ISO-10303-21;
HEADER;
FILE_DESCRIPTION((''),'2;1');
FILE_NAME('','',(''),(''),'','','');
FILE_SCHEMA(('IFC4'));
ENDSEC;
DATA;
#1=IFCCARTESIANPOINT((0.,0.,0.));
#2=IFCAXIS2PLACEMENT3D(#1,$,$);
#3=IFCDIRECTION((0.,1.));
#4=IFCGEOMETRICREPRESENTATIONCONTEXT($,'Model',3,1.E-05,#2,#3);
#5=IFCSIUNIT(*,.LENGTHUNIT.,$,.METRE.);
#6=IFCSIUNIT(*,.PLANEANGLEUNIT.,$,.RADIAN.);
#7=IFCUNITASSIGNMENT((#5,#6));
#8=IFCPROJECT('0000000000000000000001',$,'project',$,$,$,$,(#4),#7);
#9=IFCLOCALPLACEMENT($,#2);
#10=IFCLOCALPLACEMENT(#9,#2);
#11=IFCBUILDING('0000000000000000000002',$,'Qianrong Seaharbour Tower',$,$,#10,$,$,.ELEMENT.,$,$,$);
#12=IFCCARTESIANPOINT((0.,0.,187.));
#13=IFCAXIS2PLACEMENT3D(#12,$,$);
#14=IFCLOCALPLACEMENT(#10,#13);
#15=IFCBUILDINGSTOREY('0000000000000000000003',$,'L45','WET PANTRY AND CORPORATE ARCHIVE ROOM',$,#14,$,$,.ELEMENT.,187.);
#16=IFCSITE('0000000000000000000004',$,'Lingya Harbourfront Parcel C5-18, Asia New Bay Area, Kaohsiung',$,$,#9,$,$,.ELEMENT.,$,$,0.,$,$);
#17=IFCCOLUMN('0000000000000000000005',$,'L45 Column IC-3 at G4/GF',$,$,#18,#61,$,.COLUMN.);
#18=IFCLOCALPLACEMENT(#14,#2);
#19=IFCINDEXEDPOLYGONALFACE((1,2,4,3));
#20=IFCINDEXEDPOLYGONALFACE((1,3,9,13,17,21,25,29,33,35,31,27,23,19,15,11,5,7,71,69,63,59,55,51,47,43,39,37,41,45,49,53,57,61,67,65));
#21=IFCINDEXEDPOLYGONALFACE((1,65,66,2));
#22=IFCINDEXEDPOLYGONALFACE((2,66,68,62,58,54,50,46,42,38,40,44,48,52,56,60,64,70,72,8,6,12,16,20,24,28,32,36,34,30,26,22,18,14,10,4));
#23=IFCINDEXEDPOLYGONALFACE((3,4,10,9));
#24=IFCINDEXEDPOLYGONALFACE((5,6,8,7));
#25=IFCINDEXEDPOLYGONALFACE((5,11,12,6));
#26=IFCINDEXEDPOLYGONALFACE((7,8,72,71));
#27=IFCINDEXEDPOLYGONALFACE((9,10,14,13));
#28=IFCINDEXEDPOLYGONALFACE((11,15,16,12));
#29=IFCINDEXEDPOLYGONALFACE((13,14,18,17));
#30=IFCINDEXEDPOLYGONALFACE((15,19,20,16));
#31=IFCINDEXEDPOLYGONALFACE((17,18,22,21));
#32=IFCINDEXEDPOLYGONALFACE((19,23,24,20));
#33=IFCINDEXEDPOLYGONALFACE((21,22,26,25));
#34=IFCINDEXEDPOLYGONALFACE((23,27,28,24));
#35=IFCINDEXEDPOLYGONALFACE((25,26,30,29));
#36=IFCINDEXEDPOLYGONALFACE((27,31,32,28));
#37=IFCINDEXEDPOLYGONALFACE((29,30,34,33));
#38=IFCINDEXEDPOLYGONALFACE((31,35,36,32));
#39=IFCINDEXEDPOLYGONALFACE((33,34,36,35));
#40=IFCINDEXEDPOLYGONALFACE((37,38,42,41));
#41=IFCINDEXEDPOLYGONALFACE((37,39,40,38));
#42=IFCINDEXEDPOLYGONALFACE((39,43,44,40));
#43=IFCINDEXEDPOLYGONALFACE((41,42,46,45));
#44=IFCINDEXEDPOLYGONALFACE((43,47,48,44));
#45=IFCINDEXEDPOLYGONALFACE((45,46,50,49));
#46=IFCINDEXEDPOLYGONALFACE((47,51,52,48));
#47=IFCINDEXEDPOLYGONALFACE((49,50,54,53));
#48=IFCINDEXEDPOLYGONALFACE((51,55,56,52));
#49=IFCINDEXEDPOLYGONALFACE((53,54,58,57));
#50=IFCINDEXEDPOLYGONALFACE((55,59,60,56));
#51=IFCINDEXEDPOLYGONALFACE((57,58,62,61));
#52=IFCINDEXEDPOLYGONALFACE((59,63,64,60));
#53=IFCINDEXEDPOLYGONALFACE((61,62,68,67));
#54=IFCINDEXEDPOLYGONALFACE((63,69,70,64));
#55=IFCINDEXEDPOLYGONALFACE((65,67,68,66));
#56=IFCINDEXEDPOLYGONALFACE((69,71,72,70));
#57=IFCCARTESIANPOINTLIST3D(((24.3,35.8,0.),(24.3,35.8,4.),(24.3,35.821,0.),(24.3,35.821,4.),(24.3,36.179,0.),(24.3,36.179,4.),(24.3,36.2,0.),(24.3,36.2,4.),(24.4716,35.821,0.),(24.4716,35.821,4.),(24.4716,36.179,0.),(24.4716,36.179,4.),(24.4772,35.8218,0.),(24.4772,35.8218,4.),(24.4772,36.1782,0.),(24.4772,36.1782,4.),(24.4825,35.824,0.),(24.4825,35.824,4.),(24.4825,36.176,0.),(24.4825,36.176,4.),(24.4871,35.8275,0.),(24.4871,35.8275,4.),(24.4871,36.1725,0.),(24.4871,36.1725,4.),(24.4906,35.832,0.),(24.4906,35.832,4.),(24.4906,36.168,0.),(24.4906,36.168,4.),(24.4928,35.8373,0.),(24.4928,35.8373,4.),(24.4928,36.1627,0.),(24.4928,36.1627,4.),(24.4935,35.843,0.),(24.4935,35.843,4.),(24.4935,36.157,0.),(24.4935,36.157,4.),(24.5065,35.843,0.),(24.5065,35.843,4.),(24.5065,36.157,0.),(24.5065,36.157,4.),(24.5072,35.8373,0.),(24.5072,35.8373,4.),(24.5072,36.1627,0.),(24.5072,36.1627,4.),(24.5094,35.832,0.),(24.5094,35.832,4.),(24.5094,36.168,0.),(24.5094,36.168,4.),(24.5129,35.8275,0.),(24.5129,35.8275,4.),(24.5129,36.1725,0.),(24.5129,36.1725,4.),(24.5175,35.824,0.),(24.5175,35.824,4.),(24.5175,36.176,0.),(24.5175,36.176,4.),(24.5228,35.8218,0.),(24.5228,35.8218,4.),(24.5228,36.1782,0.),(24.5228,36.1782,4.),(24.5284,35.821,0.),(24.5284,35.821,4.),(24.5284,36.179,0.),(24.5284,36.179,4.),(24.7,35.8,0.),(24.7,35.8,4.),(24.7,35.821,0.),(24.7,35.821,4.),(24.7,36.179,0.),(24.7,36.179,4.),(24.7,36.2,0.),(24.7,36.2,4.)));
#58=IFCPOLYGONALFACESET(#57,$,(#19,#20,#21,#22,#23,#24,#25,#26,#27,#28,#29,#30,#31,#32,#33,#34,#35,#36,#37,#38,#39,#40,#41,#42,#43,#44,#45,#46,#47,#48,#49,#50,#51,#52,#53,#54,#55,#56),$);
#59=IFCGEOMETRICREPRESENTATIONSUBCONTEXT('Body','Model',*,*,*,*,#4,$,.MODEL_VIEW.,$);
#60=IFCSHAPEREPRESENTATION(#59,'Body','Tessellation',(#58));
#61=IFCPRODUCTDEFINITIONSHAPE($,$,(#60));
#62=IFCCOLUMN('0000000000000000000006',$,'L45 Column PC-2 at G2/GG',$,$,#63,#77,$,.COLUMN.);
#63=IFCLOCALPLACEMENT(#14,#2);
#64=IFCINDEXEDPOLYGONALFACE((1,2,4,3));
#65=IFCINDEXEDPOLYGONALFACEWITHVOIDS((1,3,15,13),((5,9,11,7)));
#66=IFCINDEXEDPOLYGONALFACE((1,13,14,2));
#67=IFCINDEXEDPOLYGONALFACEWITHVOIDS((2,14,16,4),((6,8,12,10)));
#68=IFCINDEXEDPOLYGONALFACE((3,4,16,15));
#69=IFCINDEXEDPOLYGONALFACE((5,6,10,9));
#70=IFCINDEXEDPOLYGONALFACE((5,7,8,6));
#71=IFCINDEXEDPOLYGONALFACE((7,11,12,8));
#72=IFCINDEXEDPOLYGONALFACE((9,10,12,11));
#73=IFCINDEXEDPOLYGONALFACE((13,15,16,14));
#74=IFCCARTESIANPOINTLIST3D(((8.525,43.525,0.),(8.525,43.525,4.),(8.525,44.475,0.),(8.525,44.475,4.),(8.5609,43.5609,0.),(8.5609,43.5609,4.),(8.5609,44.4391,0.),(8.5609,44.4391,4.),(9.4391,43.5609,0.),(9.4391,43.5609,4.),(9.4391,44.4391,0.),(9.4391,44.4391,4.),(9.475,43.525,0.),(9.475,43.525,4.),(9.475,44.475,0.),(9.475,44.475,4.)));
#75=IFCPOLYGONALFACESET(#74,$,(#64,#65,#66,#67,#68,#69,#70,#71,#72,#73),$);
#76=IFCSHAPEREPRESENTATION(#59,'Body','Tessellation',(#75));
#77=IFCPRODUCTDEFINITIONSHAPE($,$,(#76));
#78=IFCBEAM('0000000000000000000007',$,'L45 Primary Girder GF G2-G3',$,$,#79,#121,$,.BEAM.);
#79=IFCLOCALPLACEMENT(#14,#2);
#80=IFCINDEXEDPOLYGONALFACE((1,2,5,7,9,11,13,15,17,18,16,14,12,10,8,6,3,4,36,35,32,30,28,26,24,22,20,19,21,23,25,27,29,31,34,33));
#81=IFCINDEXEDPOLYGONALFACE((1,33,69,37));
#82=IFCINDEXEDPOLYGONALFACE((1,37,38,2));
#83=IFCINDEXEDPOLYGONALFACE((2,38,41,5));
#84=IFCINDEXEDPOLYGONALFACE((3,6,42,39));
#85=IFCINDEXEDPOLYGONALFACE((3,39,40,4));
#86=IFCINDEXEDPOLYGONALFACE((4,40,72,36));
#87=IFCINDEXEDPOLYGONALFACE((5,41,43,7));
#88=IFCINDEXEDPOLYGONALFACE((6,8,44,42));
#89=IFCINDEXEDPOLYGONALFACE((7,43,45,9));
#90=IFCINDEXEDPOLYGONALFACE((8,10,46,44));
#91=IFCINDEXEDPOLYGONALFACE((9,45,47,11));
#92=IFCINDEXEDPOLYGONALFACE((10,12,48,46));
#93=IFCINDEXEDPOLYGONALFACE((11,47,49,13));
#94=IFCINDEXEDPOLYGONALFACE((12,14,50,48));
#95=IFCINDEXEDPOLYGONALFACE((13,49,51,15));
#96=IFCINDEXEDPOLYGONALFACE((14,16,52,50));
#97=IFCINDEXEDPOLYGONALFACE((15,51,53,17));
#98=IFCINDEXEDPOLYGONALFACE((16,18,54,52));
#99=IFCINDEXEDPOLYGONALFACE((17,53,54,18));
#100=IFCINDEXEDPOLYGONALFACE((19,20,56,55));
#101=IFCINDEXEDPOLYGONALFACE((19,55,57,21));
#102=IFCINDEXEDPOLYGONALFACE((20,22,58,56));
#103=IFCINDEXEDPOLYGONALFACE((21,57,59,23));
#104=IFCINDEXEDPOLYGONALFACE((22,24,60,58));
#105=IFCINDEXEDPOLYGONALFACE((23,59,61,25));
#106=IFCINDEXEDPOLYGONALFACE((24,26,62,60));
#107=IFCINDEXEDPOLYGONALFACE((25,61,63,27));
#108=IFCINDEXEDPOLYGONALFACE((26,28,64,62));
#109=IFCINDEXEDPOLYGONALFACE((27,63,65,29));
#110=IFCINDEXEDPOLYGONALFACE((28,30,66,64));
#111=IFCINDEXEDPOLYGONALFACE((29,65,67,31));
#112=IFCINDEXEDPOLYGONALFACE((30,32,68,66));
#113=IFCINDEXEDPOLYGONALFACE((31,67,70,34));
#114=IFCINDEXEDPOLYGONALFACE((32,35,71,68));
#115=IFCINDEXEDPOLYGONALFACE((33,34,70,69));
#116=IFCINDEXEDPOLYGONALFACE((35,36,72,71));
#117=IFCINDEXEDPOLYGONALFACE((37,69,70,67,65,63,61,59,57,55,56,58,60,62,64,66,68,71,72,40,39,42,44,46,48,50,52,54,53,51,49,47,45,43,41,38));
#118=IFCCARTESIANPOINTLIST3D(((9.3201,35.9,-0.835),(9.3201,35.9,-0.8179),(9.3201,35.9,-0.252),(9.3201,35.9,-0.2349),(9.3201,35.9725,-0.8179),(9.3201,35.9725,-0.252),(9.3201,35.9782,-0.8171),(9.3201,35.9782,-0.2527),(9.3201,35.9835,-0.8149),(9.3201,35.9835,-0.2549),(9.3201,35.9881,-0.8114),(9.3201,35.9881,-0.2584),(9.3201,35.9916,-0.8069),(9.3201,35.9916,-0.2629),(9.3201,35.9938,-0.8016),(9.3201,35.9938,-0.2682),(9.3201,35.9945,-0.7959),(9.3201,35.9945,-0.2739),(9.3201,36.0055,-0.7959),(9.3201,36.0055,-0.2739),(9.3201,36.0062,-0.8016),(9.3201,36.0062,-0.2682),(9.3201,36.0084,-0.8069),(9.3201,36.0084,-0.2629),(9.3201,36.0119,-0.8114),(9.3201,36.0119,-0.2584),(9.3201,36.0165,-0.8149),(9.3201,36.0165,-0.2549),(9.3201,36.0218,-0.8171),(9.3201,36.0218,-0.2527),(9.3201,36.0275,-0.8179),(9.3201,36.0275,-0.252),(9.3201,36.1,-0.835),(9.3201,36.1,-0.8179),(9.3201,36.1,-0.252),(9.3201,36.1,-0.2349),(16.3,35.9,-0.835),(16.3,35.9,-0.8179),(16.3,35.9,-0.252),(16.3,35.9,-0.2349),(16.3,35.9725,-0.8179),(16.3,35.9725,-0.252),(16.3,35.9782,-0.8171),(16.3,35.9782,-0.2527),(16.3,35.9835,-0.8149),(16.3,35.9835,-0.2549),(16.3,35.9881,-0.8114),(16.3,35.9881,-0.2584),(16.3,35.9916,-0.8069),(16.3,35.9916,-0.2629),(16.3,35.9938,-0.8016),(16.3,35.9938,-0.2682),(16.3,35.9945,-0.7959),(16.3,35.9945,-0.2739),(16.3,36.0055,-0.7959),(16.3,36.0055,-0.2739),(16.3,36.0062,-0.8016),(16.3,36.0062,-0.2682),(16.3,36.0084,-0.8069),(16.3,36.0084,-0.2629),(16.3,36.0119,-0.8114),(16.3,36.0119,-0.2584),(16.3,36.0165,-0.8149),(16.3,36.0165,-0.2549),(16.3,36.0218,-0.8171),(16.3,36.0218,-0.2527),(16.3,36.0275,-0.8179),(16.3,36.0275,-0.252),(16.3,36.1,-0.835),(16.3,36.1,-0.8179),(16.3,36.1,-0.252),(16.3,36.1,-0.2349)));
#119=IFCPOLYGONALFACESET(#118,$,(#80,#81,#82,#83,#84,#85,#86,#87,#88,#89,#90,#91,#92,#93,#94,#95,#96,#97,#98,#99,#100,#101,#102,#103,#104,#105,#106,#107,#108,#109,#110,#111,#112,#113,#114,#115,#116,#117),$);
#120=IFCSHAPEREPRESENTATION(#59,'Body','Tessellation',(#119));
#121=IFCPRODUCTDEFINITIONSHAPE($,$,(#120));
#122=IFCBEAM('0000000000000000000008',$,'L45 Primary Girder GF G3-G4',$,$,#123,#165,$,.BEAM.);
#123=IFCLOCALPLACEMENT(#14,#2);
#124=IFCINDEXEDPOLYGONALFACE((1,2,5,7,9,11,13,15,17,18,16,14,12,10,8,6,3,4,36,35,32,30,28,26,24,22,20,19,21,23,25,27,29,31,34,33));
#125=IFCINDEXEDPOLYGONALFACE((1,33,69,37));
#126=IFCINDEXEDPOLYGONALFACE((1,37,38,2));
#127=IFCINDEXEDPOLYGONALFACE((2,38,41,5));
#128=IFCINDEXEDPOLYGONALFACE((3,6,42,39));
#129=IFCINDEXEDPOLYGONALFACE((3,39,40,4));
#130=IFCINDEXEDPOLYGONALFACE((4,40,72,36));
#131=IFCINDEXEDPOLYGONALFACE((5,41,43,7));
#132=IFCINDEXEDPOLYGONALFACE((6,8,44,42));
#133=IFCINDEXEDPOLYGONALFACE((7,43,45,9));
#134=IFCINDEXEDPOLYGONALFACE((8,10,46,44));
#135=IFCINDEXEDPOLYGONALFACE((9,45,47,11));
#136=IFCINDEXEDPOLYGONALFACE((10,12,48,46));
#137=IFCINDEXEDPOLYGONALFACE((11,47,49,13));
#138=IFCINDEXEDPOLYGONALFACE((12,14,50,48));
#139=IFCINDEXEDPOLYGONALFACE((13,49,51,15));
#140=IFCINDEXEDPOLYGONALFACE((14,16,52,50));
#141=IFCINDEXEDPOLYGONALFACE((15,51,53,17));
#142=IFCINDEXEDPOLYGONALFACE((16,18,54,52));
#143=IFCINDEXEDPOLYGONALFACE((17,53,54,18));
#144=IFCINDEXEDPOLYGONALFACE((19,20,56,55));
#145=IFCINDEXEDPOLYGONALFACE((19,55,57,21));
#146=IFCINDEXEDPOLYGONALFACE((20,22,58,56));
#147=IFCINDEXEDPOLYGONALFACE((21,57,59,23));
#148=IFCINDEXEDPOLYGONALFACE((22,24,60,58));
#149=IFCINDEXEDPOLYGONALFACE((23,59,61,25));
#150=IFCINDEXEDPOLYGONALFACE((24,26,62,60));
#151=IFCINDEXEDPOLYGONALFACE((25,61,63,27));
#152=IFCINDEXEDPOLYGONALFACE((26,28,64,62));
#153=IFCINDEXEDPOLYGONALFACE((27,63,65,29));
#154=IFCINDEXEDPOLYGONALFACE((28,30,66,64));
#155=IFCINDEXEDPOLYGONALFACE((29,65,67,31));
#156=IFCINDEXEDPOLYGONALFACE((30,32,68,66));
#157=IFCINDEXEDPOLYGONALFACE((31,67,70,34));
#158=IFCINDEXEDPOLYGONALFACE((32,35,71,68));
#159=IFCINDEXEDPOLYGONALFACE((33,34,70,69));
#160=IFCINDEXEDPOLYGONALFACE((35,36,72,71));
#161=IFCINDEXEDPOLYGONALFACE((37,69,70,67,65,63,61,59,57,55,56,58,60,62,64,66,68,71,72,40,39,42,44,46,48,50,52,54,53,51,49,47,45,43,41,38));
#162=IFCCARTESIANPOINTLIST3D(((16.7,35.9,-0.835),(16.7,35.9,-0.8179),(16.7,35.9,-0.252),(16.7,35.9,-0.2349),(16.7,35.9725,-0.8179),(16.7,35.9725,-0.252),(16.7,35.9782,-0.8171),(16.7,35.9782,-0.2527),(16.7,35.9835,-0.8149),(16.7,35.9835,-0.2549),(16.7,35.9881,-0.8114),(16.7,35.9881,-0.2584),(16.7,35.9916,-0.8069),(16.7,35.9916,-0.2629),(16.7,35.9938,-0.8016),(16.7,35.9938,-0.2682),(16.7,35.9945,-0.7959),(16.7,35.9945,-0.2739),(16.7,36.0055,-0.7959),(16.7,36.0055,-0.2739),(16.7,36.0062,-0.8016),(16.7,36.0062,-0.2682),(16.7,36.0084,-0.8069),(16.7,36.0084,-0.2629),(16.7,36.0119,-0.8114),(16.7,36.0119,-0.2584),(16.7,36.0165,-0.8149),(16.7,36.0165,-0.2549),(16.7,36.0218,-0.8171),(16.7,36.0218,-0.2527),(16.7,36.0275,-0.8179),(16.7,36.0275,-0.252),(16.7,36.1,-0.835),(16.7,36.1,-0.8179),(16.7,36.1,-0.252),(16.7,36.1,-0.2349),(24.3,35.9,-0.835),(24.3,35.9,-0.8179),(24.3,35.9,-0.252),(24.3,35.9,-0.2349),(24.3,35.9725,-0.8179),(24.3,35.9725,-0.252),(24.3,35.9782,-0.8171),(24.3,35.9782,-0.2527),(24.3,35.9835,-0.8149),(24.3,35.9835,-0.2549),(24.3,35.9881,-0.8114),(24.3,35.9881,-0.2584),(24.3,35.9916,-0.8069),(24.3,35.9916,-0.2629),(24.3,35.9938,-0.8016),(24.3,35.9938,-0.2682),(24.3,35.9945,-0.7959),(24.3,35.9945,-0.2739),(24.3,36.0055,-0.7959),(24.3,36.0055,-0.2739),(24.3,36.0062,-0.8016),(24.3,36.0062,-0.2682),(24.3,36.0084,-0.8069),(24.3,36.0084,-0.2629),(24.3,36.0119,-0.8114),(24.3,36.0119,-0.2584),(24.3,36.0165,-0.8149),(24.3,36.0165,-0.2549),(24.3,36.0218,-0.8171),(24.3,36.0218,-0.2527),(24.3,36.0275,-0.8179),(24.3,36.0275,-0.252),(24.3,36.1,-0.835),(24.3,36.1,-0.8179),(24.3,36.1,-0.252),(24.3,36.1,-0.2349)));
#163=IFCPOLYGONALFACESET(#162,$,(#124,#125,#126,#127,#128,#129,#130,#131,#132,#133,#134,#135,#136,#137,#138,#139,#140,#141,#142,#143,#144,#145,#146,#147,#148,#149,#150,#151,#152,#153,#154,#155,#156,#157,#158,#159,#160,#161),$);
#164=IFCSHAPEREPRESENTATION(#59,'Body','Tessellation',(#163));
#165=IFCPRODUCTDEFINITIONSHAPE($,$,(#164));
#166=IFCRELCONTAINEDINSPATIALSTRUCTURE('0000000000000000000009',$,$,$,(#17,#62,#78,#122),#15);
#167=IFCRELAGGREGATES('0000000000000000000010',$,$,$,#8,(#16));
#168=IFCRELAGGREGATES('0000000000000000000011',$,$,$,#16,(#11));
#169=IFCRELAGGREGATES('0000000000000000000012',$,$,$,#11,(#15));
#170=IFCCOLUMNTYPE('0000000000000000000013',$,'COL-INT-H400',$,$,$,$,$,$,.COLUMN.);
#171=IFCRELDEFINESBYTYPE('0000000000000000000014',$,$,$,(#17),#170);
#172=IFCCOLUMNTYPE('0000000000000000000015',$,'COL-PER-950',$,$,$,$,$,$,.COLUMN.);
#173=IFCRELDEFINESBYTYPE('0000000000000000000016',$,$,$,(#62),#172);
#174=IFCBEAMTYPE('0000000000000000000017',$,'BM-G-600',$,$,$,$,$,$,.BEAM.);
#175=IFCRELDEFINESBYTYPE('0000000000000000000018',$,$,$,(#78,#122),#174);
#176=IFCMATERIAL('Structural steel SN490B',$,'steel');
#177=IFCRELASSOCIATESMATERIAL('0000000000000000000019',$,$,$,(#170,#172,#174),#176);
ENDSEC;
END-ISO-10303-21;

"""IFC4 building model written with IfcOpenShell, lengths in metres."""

from ifc_helpers import new_model, si_unit, direction, frame, origin, origin_2d, place, context, subcontext, project, spatial, hollow_rectangle, i_section, extrude, material, material_profile, profile_set, type_object, element, save


model = new_model("IFC4")

# Units and contexts
model_context = context("Model", 3, precision=1e-05, world=origin(), true_north=direction((0.0, 1.0)))
body_context = subcontext(model_context, "Body", "Model", "MODEL_VIEW")
ifc_project = project(units=[si_unit("LENGTHUNIT", "METRE"), si_unit("PLANEANGLEUNIT", "RADIAN")], contexts=[model_context])

# Site, building, storey
site_placement = place(None, origin())
site = spatial("IfcSite", under=ifc_project, at=site_placement, Name="Lingya Harbourfront Parcel C5-18, Asia New Bay Area, Kaohsiung", CompositionType="ELEMENT", RefElevation=0.0)
building_placement = place(site_placement, origin())
building = spatial("IfcBuilding", under=site, at=building_placement, Name="Qianrong Seaharbour Tower", CompositionType="ELEMENT")
storey_placement = place(building_placement, frame((0.0, 0.0, 187.0)))
storey = spatial("IfcBuildingStorey", under=building, at=storey_placement, Name="L45", Description="WET PANTRY AND CORPORATE ARCHIVE ROOM", CompositionType="ELEMENT", Elevation=187.0)

# Columns
ifc_material_1 = material(Name="Structural steel SN490B", Category="steel")
ifc_material_profile_1 = material_profile(ifc_material_1, i_section(OverallWidth=0.3999, OverallDepth=0.3999, WebThickness=0.0129, FlangeThickness=0.021, FilletRadius=0.022, at=origin_2d()), Name="H400x400x13x21")
ifc_profile_set_1 = profile_set([ifc_material_profile_1], Name="Structural steel SN490B")
column_type_1 = type_object("IfcColumnType", Name="COL-INT-H400", PredefinedType="COLUMN", material=ifc_profile_set_1)
for number, where, z_axis, x_axis, name in (
    (1, (24.5, 36.0, 0.0), (0.0, 0.0, 1.0), (1.0, 0.0, 0.0), "L45 Column IC-3 at G4/GF"),
):
    element("IfcColumn", number, at=place(storey_placement, frame(where, z_axis=z_axis, x_axis=x_axis)), inside=storey, type_object=column_type_1, Name=name, PredefinedType="COLUMN", context=body_context, shape_type="SweptSolid", body=[
        extrude(i_section(OverallWidth=0.3999, OverallDepth=0.3999, WebThickness=0.0129, FlangeThickness=0.021, FilletRadius=0.022, at=origin_2d()), origin(), (0.0, 0.0, 1.0), 4.0),
    ])
ifc_material_profile_2 = material_profile(ifc_material_1, hollow_rectangle(XDim=0.95, YDim=0.95, WallThickness=0.0359, at=origin_2d()), Name="BOX950x950x36")
ifc_profile_set_2 = profile_set([ifc_material_profile_2], Name="Structural steel SN490B")
column_type_2 = type_object("IfcColumnType", Name="COL-PER-950", PredefinedType="COLUMN", material=ifc_profile_set_2)
column_1_placement = place(storey_placement, frame((9.0, 44.0, 0.0), z_axis=(0.0, 0.0, 1.0), x_axis=(1.0, 0.0, 0.0)))
element("IfcColumn", 2, at=column_1_placement, inside=storey, type_object=column_type_2, Name="L45 Column PC-2 at G2/GG", PredefinedType="COLUMN", context=body_context, shape_type="SweptSolid", body=[
    extrude(hollow_rectangle(XDim=0.95, YDim=0.95, WallThickness=0.0359, at=origin_2d()), origin(), (0.0, 0.0, 1.0), 4.0),
])

# Beams
ifc_material_profile_3 = material_profile(ifc_material_1, i_section(OverallWidth=0.2, OverallDepth=0.6001, WebThickness=0.011, FlangeThickness=0.0171, FilletRadius=0.022, at=origin_2d()), Name="H600x200x11x17")
ifc_profile_set_3 = profile_set([ifc_material_profile_3], Name="Structural steel SN490B")
beam_type_1 = type_object("IfcBeamType", Name="BM-G-600", PredefinedType="BEAM", material=ifc_profile_set_3)
beam_1_placement = place(storey_placement, frame((9.3201, 36.0, -0.5349), z_axis=(1.0, 0.0, 0.0), x_axis=(0.0, 1.0, 0.0)))
element("IfcBeam", 3, at=beam_1_placement, inside=storey, type_object=beam_type_1, Name="L45 Primary Girder GF G2-G3", PredefinedType="BEAM", context=body_context, shape_type="SweptSolid", body=[
    extrude(i_section(OverallWidth=0.2, OverallDepth=0.6001, WebThickness=0.011, FlangeThickness=0.0171, FilletRadius=0.022, at=origin_2d()), origin(), (0.0, 0.0, 1.0), 6.98),
])
beam_2_placement = place(storey_placement, frame((16.7, 36.0, -0.5349), z_axis=(1.0, 0.0, 0.0), x_axis=(0.0, 1.0, 0.0)))
element("IfcBeam", 4, at=beam_2_placement, inside=storey, type_object=beam_type_1, Name="L45 Primary Girder GF G3-G4", PredefinedType="BEAM", context=body_context, shape_type="SweptSolid", body=[
    extrude(i_section(OverallWidth=0.2, OverallDepth=0.6001, WebThickness=0.011, FlangeThickness=0.0171, FilletRadius=0.022, at=origin_2d()), origin(), (0.0, 0.0, 1.0), 7.6001),
])

save(model, "model.ifc")
